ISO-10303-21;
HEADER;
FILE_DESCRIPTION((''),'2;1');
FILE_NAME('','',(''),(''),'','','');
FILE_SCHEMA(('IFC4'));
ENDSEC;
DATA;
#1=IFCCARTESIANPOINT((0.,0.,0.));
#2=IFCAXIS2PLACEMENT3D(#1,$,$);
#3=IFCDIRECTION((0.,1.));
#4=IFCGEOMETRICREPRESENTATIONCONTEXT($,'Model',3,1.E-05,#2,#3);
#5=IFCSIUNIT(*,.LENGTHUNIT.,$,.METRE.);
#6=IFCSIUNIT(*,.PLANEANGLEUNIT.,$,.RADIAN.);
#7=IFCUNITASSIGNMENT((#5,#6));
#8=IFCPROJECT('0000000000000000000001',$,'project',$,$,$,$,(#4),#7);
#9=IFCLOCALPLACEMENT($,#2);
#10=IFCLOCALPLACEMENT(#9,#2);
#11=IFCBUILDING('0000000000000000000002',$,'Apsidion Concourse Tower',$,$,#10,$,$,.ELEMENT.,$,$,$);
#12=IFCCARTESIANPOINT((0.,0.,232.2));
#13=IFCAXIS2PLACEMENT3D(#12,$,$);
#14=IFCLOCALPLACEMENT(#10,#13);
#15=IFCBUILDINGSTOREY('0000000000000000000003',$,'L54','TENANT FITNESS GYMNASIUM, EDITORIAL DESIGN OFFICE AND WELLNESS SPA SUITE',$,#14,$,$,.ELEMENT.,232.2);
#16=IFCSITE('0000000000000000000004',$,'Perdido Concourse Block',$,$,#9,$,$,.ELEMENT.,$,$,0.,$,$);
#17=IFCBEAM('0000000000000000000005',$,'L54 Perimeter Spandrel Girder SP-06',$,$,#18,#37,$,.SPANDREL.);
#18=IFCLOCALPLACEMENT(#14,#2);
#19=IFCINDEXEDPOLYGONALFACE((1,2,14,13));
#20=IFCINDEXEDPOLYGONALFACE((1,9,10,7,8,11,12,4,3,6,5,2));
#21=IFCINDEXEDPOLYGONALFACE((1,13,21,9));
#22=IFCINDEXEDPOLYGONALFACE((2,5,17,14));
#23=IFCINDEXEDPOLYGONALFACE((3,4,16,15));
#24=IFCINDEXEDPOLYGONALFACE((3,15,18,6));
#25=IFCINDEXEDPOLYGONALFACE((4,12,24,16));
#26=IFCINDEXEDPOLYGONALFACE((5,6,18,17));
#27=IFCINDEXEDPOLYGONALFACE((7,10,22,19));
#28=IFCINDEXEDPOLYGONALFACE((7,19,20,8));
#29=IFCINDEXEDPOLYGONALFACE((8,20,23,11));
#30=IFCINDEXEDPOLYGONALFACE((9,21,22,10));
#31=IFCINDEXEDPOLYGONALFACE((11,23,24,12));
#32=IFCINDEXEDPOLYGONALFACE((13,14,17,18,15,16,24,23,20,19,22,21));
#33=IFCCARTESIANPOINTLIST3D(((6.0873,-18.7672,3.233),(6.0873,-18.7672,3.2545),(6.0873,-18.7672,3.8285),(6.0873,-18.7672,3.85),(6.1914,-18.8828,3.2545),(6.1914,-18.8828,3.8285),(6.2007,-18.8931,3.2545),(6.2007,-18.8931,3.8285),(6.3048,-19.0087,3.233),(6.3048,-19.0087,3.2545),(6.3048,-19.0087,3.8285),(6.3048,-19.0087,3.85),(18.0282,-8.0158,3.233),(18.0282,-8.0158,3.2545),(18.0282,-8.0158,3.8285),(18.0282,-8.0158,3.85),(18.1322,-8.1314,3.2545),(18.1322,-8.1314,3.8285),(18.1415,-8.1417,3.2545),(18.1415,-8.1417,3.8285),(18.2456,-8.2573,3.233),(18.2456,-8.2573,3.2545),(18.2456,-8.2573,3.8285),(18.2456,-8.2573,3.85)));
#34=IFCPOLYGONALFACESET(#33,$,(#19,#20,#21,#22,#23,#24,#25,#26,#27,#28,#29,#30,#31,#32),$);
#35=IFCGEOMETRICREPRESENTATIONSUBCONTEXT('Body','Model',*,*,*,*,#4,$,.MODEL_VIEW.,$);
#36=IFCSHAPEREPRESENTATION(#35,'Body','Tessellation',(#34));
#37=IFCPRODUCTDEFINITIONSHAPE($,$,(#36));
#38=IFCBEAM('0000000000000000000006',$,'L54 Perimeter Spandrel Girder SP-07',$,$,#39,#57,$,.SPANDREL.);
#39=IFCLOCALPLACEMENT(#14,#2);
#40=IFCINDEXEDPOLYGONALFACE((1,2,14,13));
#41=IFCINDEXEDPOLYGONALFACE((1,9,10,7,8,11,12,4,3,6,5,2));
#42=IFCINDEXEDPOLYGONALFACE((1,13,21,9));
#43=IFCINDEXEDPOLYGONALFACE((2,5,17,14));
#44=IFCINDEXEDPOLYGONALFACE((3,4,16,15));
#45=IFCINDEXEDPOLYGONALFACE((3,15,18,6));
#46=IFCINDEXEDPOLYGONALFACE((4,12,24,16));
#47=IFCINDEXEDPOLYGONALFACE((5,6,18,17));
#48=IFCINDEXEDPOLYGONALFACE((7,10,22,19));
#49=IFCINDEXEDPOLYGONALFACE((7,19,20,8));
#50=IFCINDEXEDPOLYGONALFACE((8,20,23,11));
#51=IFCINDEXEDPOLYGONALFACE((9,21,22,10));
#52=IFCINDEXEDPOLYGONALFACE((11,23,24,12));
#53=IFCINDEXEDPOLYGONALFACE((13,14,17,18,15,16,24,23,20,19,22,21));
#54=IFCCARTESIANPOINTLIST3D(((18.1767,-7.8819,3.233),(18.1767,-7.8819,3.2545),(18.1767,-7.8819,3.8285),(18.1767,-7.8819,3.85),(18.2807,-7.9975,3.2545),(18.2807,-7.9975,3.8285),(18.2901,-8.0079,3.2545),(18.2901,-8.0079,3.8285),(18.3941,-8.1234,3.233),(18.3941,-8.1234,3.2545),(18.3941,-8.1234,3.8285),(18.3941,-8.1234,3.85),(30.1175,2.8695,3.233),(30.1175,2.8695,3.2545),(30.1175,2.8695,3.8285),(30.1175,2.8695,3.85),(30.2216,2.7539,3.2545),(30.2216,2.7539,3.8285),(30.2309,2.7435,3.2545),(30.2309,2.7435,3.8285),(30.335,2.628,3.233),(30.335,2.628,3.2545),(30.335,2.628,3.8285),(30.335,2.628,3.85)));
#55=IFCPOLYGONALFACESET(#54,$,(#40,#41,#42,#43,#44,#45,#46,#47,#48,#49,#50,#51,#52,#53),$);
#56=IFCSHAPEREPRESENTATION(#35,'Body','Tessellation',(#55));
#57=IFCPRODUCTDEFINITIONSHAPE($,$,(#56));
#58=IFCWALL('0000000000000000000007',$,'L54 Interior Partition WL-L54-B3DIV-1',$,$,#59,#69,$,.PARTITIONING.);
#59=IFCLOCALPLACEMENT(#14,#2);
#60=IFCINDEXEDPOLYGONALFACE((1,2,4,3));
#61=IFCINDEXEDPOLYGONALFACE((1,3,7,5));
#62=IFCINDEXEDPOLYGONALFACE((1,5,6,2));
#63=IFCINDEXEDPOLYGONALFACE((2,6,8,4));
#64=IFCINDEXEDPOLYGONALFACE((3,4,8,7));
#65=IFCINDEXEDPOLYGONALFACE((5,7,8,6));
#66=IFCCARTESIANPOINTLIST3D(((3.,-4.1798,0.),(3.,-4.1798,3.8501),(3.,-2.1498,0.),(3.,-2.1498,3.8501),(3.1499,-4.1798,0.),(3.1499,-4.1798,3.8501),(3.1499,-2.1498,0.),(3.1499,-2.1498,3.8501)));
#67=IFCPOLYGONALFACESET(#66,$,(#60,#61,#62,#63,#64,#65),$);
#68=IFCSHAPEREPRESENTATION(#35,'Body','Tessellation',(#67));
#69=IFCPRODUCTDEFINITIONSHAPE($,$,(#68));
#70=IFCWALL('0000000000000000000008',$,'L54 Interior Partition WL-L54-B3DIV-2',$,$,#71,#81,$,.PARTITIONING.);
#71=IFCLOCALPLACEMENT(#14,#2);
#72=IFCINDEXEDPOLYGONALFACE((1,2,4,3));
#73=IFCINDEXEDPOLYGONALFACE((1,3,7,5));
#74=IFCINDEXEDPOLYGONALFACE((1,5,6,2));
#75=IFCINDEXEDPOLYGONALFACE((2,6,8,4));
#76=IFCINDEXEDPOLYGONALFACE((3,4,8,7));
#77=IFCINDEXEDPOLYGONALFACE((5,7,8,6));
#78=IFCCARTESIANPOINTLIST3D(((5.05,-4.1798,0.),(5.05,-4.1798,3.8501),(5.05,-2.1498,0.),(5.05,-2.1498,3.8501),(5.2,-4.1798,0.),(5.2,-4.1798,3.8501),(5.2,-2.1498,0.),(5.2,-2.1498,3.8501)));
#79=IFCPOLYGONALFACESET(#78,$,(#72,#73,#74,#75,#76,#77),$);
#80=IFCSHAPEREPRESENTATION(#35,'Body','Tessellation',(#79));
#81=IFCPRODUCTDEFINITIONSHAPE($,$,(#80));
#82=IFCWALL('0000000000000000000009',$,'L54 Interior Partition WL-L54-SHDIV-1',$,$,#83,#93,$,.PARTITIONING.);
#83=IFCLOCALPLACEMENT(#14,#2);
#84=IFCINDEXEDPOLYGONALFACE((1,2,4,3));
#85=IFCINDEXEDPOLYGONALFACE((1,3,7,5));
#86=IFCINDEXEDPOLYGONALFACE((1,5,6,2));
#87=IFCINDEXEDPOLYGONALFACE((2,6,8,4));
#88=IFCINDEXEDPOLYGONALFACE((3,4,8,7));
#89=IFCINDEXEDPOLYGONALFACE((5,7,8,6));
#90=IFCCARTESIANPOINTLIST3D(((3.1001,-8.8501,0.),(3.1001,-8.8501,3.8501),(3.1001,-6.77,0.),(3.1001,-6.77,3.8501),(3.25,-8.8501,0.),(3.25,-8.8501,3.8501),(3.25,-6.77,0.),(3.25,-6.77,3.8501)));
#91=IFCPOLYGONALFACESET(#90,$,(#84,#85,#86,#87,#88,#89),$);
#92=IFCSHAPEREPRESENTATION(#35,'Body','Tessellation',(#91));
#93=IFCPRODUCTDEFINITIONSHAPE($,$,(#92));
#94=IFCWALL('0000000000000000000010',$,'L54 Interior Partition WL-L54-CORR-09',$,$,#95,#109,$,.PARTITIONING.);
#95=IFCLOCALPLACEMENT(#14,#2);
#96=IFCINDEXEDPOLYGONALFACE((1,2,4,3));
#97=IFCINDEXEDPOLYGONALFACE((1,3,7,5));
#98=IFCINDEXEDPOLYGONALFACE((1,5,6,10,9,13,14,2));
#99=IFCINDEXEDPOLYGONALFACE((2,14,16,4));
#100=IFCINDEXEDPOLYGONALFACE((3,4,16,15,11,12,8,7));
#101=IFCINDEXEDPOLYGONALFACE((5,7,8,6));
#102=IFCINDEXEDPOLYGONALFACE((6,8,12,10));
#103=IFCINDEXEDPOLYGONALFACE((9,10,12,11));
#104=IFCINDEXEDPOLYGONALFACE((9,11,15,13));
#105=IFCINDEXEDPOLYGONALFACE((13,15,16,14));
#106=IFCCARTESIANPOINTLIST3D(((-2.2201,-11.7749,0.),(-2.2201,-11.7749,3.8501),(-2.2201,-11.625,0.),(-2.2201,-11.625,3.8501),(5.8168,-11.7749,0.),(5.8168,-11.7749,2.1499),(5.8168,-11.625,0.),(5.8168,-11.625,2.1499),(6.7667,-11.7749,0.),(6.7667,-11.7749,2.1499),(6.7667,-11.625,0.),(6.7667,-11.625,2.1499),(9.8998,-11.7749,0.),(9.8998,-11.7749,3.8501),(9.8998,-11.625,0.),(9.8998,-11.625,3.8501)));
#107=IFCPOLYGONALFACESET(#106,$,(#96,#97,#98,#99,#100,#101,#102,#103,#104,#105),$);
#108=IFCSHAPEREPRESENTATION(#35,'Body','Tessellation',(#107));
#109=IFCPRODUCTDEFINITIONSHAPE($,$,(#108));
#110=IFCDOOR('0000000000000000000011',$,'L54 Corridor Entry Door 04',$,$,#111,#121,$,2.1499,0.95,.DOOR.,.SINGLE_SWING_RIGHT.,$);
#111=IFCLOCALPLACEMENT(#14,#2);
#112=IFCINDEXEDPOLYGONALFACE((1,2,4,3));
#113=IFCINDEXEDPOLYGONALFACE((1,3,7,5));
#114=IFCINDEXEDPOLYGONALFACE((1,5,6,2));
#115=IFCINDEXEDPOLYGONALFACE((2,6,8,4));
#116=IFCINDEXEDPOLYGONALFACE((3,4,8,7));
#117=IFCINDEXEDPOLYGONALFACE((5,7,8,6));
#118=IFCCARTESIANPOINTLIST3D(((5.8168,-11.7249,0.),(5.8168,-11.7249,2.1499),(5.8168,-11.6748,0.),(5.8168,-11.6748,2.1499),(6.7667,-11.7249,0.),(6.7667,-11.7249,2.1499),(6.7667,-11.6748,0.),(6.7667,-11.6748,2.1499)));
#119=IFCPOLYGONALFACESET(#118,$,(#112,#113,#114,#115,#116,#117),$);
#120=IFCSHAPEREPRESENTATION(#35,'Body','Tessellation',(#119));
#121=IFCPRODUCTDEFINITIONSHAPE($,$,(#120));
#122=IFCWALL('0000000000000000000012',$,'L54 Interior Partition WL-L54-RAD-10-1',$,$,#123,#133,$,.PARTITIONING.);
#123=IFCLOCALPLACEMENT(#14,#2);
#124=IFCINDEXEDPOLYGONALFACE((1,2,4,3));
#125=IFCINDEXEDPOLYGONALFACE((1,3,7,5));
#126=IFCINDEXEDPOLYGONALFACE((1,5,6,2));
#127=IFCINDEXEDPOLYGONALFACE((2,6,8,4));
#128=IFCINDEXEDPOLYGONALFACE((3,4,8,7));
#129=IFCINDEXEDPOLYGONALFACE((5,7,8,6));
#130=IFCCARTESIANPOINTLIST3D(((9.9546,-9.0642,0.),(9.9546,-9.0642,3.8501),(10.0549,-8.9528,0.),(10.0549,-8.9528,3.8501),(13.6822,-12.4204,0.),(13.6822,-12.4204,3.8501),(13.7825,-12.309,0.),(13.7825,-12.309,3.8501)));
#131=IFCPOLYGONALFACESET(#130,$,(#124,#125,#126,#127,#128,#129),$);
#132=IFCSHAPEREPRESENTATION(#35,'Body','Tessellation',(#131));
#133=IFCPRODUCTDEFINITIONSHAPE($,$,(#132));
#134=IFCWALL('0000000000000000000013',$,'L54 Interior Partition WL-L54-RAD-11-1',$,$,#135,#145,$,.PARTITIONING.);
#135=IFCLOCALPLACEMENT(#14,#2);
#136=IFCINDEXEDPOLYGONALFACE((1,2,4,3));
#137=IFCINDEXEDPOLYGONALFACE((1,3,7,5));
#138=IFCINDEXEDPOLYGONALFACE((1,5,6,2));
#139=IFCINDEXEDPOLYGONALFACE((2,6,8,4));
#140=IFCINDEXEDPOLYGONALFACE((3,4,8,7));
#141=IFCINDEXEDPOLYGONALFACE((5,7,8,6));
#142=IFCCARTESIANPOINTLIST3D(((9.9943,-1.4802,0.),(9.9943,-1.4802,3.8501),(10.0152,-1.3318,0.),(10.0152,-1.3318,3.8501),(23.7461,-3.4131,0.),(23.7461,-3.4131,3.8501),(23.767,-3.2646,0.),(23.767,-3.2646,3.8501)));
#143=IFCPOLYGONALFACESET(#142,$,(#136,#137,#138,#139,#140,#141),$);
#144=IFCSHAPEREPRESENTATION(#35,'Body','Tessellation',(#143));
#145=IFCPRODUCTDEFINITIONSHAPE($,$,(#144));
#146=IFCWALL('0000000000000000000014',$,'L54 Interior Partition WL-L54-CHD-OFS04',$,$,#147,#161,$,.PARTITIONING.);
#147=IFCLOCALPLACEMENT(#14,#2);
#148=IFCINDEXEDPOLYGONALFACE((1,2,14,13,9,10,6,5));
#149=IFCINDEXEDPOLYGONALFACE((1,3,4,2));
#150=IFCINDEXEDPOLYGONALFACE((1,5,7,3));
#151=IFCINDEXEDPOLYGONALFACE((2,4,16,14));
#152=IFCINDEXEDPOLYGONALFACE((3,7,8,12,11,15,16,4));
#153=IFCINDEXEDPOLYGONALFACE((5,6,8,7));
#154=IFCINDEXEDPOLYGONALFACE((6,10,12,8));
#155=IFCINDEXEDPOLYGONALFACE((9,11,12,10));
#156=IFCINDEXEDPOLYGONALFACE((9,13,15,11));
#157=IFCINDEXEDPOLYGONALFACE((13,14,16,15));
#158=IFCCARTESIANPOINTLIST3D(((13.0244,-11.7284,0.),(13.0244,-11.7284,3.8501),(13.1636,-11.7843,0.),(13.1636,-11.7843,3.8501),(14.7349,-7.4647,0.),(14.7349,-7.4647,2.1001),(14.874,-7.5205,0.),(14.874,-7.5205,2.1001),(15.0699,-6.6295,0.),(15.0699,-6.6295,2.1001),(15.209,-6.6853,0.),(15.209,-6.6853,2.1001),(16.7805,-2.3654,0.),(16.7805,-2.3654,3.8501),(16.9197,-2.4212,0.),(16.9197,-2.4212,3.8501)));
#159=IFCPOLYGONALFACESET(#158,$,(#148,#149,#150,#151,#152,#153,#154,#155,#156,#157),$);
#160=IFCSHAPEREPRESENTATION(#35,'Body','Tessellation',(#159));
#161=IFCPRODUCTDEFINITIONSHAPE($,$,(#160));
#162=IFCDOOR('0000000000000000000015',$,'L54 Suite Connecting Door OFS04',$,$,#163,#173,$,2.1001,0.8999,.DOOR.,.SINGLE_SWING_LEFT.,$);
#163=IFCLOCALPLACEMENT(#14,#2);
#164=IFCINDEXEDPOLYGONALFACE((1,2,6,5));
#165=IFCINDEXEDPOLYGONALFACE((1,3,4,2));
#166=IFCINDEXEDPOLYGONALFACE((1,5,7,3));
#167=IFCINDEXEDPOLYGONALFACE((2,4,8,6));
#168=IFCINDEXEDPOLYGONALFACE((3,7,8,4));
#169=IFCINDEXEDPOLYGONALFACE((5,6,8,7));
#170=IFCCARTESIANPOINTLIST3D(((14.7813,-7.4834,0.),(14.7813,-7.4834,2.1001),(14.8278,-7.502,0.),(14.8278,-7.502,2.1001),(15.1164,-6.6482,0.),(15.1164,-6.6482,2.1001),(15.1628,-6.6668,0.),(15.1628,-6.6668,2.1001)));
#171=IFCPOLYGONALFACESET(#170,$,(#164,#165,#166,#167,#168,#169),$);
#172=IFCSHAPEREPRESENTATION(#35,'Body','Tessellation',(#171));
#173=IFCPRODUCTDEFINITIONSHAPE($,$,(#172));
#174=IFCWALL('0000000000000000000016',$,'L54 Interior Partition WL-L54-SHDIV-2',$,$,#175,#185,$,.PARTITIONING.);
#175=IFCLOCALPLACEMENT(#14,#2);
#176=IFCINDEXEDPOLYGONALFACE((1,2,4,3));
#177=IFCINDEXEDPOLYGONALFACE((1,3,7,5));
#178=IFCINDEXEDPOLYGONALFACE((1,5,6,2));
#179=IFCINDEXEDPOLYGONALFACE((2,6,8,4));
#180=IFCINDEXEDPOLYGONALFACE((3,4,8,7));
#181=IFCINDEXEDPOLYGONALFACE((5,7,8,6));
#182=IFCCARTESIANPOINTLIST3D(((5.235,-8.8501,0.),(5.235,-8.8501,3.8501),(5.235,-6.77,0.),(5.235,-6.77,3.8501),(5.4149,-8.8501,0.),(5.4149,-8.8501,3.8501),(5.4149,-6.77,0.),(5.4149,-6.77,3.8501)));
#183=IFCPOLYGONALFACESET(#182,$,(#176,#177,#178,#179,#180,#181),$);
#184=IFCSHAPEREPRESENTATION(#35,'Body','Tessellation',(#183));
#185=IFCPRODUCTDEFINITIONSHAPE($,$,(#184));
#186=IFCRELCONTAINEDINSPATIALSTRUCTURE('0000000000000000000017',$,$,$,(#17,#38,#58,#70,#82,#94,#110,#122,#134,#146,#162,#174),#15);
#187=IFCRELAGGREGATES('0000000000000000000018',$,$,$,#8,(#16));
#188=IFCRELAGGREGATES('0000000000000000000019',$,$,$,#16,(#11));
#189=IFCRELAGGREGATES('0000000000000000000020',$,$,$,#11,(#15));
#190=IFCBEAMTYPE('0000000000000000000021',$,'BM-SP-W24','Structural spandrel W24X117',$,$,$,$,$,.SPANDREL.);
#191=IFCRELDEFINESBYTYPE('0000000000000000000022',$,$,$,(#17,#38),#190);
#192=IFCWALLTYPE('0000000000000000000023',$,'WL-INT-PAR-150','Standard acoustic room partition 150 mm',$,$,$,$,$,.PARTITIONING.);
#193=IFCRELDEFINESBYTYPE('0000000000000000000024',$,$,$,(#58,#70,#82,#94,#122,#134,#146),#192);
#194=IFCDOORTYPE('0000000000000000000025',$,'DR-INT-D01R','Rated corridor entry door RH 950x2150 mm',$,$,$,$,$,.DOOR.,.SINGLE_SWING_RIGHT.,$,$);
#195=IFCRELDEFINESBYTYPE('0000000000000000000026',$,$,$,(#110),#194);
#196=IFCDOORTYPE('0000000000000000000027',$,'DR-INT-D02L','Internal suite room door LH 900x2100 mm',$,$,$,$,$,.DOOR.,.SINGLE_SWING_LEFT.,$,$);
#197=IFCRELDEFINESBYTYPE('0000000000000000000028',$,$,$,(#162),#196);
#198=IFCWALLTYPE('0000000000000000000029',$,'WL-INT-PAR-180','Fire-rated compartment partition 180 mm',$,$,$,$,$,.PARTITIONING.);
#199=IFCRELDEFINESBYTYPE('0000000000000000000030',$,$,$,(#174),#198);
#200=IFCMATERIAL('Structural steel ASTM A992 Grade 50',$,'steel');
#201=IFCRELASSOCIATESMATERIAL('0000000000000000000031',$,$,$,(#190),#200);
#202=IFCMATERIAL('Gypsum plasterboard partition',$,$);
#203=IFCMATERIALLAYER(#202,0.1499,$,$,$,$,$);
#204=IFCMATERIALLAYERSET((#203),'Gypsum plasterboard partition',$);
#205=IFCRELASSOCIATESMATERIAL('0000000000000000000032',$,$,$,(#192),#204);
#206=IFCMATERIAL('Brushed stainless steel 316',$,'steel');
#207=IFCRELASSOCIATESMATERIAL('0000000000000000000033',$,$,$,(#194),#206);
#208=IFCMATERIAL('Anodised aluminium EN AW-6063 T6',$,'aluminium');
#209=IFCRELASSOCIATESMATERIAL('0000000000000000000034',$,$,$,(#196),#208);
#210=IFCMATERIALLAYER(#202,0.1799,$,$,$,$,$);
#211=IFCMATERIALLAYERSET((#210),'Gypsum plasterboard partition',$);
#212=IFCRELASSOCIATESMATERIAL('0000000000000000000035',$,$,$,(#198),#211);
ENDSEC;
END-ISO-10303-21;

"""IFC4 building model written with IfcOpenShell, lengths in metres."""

from ifc_helpers import new_model, si_unit, direction, frame, frame_2d, origin, origin_2d, place, context, subcontext, project, spatial, rectangle, i_section, extrude, material, layer, layer_set, material_profile, profile_set, type_object, element, fill, save


model = new_model("IFC4")

# Units and contexts
model_context = context("Model", 3, precision=1e-05, world=origin(), true_north=direction((0.0, 1.0)))
body_context = subcontext(model_context, "Body", "Model", "MODEL_VIEW")
ifc_project = project(units=[si_unit("LENGTHUNIT", "METRE"), si_unit("PLANEANGLEUNIT", "RADIAN")], contexts=[model_context])

# Site, building, storey
site_placement = place(None, origin())
site = spatial("IfcSite", under=ifc_project, at=site_placement, Name="Perdido Concourse Block", CompositionType="ELEMENT", RefElevation=0.0)
building_placement = place(site_placement, origin())
building = spatial("IfcBuilding", under=site, at=building_placement, Name="Apsidion Concourse Tower", CompositionType="ELEMENT")
storey_placement = place(building_placement, frame((0.0, 0.0, 232.2)))
storey = spatial("IfcBuildingStorey", under=building, at=storey_placement, Name="L54", Description="TENANT FITNESS GYMNASIUM, EDITORIAL DESIGN OFFICE AND WELLNESS SPA SUITE", CompositionType="ELEMENT", Elevation=232.2)

# Shared definitions
ifc_material_1 = material(Name="Structural steel ASTM A992 Grade 50", Category="steel")

# Beams
ifc_material_profile_1 = material_profile(ifc_material_1, i_section(OverallWidth=0.325, OverallDepth=0.6169, WebThickness=0.0139, FlangeThickness=0.0215, at=origin_2d()), Name="W24X117")
ifc_profile_set_1 = profile_set([ifc_material_profile_1], Name="Structural steel ASTM A992 Grade 50")
beam_type_1 = type_object("IfcBeamType", Name="BM-SP-W24", Description="Structural spandrel W24X117", PredefinedType="SPANDREL", material=ifc_profile_set_1)
for number, where, z_axis, x_axis, name in (
    (1, (6.196, -18.8879, 3.5415), (0.743151, 0.669124, 0.0), (-0.669124, 0.743151, 0.0), "L54 Perimeter Spandrel Girder SP-06"),
    (2, (18.2854, -8.0027, 3.5415), (0.743151, 0.669124, 0.0), (-0.669124, 0.743151, 0.0), "L54 Perimeter Spandrel Girder SP-07"),
):
    element("IfcBeam", number, at=place(storey_placement, frame(where, z_axis=z_axis, x_axis=x_axis)), inside=storey, type_object=beam_type_1, Name=name, PredefinedType="SPANDREL", context=body_context, shape_type="SweptSolid", body=[
        extrude(i_section(OverallWidth=0.325, OverallDepth=0.6169, WebThickness=0.0139, FlangeThickness=0.0215, at=origin_2d()), origin(), (0.0, 0.0, 1.0), 16.0679),
    ])

# Walls
ifc_material_2 = material(Name="Gypsum plasterboard partition")
ifc_layer_1 = layer(ifc_material_2, 0.1499)
ifc_layer_set_1 = layer_set([ifc_layer_1], Name="Gypsum plasterboard partition")
wall_type_1 = type_object("IfcWallType", Name="WL-INT-PAR-150", Description="Standard acoustic room partition 150 mm", PredefinedType="PARTITIONING", material=ifc_layer_set_1)
for number, where, z_axis, x_axis, name in (
    (3, (3.075, -4.1799, 0.0), (0.0, 0.0, 1.0), (0.0, 1.0, 0.0), "L54 Interior Partition WL-L54-B3DIV-1"),
    (4, (5.125, -4.1799, 0.0), (0.0, 0.0, 1.0), (0.0, 1.0, 0.0), "L54 Interior Partition WL-L54-B3DIV-2"),
):
    element("IfcWall", number, at=place(storey_placement, frame(where, z_axis=z_axis, x_axis=x_axis)), inside=storey, type_object=wall_type_1, Name=name, PredefinedType="PARTITIONING", context=body_context, shape_type="SweptSolid", body=[
        extrude(rectangle(XDim=2.03, YDim=0.1499, at=frame_2d((1.0151, 0.0))), origin(), (0.0, 0.0, 1.0), 3.8501),
    ])
wall_1_placement = place(storey_placement, frame((3.175, -8.8501, 0.0), z_axis=(0.0, 0.0, 1.0), x_axis=(0.0, 1.0, 0.0)))
element("IfcWall", 5, at=wall_1_placement, inside=storey, type_object=wall_type_1, Name="L54 Interior Partition WL-L54-SHDIV-1", PredefinedType="PARTITIONING", context=body_context, shape_type="SweptSolid", body=[
    extrude(rectangle(XDim=2.0801, YDim=0.1499, at=frame_2d((1.04, 0.0))), origin(), (0.0, 0.0, 1.0), 3.8501),
])

# Wall, opening, door
wall_2_placement = place(storey_placement, frame((9.8999, -11.7, 0.0), z_axis=(0.0, 0.0, 1.0), x_axis=(-1.0, 0.0, 0.0)))
wall_2 = element("IfcWall", 6, at=wall_2_placement, inside=storey, type_object=wall_type_1, Name="L54 Interior Partition WL-L54-CORR-09", PredefinedType="PARTITIONING", context=body_context, shape_type="SweptSolid", body=[
    extrude(rectangle(XDim=12.1199, YDim=0.1499, at=frame_2d((6.0601, 0.0))), origin(), (0.0, 0.0, 1.0), 3.8501),
])
opening_1_placement = place(wall_2_placement, frame((3.1331, 0.0, 0.0)))
opening_1 = element("IfcOpeningElement", 7, at=opening_1_placement, cuts=wall_2, PredefinedType="OPENING", context=body_context, shape_type="SweptSolid", body=[
    extrude(rectangle(XDim=0.95, YDim=2.1499, at=frame_2d((0.4751, 1.075))), frame((0.0, 0.085, 0.0), z_axis=(0.0, -1.0, 0.0), x_axis=(1.0, 0.0, 0.0)), (0.0, 0.0, 1.0), 0.1699),
])
ifc_material_3 = material(Name="Brushed stainless steel 316", Category="steel")
door_type_1 = type_object("IfcDoorType", Name="DR-INT-D01R", Description="Rated corridor entry door RH 950x2150 mm", OperationType="SINGLE_SWING_RIGHT", PredefinedType="DOOR", material=ifc_material_3)
door_1_placement = place(opening_1_placement, origin())
door_1 = element("IfcDoor", 8, at=door_1_placement, inside=storey, type_object=door_type_1, Name="L54 Corridor Entry Door 04", OperationType="SINGLE_SWING_RIGHT", OverallHeight=2.1499, OverallWidth=0.95, PredefinedType="DOOR", context=body_context, shape_type="SweptSolid", body=[
    extrude(rectangle(XDim=0.95, YDim=2.1499, at=frame_2d((0.4751, 1.075))), frame((0.0, 0.0249, 0.0), z_axis=(0.0, -1.0, 0.0), x_axis=(1.0, 0.0, 0.0)), (0.0, 0.0, 1.0), 0.05),
])
fill(opening_1, door_1)

# Walls
wall_3_placement = place(storey_placement, frame((10.0049, -9.0085, 0.0), z_axis=(0.0, 0.0, 1.0), x_axis=(0.743154, -0.669121, 0.0)))
element("IfcWall", 9, at=wall_3_placement, inside=storey, type_object=wall_type_1, Name="L54 Interior Partition WL-L54-RAD-10-1", PredefinedType="PARTITIONING", context=body_context, shape_type="SweptSolid", body=[
    extrude(rectangle(XDim=5.0159, YDim=0.1499, at=frame_2d((2.5078, 0.0))), origin(), (0.0, 0.0, 1.0), 3.8501),
])
wall_4_placement = place(storey_placement, frame((10.0049, -1.406, 0.0), z_axis=(0.0, 0.0, 1.0), x_axis=(0.990266, -0.139186, 0.0)))
element("IfcWall", 10, at=wall_4_placement, inside=storey, type_object=wall_type_1, Name="L54 Interior Partition WL-L54-RAD-11-1", PredefinedType="PARTITIONING", context=body_context, shape_type="SweptSolid", body=[
    extrude(rectangle(XDim=13.887, YDim=0.1499, at=frame_2d((6.9434, 0.0))), origin(), (0.0, 0.0, 1.0), 3.8501),
])

# Wall, opening, door
wall_5_placement = place(storey_placement, frame((13.094, -11.7563, 0.0), z_axis=(0.0, 0.0, 1.0), x_axis=(0.372321, 0.928104, 0.0)))
wall_5 = element("IfcWall", 11, at=wall_5_placement, inside=storey, type_object=wall_type_1, Name="L54 Interior Partition WL-L54-CHD-OFS04", PredefinedType="PARTITIONING", context=body_context, shape_type="SweptSolid", body=[
    extrude(rectangle(XDim=10.0884, YDim=0.1499, at=frame_2d((5.0442, 0.0))), origin(), (0.0, 0.0, 1.0), 3.8501),
])
opening_2_placement = place(wall_5_placement, frame((4.594, 0.0, 0.0)))
opening_2 = element("IfcOpeningElement", 12, at=opening_2_placement, cuts=wall_5, PredefinedType="OPENING", context=body_context, shape_type="SweptSolid", body=[
    extrude(rectangle(XDim=0.8999, YDim=2.1001, at=frame_2d((0.45, 1.05))), frame((0.0, 0.085, 0.0), z_axis=(0.0, -1.0, 0.0), x_axis=(1.0, 0.0, 0.0)), (0.0, 0.0, 1.0), 0.1699),
])
ifc_material_4 = material(Name="Anodised aluminium EN AW-6063 T6", Category="aluminium")
door_type_2 = type_object("IfcDoorType", Name="DR-INT-D02L", Description="Internal suite room door LH 900x2100 mm", OperationType="SINGLE_SWING_LEFT", PredefinedType="DOOR", material=ifc_material_4)
door_2_placement = place(opening_2_placement, origin())
door_2 = element("IfcDoor", 13, at=door_2_placement, inside=storey, type_object=door_type_2, Name="L54 Suite Connecting Door OFS04", OperationType="SINGLE_SWING_LEFT", OverallHeight=2.1001, OverallWidth=0.8999, PredefinedType="DOOR", context=body_context, shape_type="SweptSolid", body=[
    extrude(rectangle(XDim=0.8999, YDim=2.1001, at=frame_2d((0.45, 1.05))), frame((0.0, 0.0249, 0.0), z_axis=(0.0, -1.0, 0.0), x_axis=(1.0, 0.0, 0.0)), (0.0, 0.0, 1.0), 0.05),
])
fill(opening_2, door_2)

# Wall
ifc_layer_2 = layer(ifc_material_2, 0.1799)
ifc_layer_set_2 = layer_set([ifc_layer_2], Name="Gypsum plasterboard partition")
wall_type_2 = type_object("IfcWallType", Name="WL-INT-PAR-180", Description="Fire-rated compartment partition 180 mm", PredefinedType="PARTITIONING", material=ifc_layer_set_2)
wall_6_placement = place(storey_placement, frame((5.325, -8.8501, 0.0), z_axis=(0.0, 0.0, 1.0), x_axis=(0.0, 1.0, 0.0)))
element("IfcWall", 14, at=wall_6_placement, inside=storey, type_object=wall_type_2, Name="L54 Interior Partition WL-L54-SHDIV-2", PredefinedType="PARTITIONING", context=body_context, shape_type="SweptSolid", body=[
    extrude(rectangle(XDim=2.0801, YDim=0.1799, at=frame_2d((1.04, 0.0))), origin(), (0.0, 0.0, 1.0), 3.8501),
])

save(model, "model.ifc")
